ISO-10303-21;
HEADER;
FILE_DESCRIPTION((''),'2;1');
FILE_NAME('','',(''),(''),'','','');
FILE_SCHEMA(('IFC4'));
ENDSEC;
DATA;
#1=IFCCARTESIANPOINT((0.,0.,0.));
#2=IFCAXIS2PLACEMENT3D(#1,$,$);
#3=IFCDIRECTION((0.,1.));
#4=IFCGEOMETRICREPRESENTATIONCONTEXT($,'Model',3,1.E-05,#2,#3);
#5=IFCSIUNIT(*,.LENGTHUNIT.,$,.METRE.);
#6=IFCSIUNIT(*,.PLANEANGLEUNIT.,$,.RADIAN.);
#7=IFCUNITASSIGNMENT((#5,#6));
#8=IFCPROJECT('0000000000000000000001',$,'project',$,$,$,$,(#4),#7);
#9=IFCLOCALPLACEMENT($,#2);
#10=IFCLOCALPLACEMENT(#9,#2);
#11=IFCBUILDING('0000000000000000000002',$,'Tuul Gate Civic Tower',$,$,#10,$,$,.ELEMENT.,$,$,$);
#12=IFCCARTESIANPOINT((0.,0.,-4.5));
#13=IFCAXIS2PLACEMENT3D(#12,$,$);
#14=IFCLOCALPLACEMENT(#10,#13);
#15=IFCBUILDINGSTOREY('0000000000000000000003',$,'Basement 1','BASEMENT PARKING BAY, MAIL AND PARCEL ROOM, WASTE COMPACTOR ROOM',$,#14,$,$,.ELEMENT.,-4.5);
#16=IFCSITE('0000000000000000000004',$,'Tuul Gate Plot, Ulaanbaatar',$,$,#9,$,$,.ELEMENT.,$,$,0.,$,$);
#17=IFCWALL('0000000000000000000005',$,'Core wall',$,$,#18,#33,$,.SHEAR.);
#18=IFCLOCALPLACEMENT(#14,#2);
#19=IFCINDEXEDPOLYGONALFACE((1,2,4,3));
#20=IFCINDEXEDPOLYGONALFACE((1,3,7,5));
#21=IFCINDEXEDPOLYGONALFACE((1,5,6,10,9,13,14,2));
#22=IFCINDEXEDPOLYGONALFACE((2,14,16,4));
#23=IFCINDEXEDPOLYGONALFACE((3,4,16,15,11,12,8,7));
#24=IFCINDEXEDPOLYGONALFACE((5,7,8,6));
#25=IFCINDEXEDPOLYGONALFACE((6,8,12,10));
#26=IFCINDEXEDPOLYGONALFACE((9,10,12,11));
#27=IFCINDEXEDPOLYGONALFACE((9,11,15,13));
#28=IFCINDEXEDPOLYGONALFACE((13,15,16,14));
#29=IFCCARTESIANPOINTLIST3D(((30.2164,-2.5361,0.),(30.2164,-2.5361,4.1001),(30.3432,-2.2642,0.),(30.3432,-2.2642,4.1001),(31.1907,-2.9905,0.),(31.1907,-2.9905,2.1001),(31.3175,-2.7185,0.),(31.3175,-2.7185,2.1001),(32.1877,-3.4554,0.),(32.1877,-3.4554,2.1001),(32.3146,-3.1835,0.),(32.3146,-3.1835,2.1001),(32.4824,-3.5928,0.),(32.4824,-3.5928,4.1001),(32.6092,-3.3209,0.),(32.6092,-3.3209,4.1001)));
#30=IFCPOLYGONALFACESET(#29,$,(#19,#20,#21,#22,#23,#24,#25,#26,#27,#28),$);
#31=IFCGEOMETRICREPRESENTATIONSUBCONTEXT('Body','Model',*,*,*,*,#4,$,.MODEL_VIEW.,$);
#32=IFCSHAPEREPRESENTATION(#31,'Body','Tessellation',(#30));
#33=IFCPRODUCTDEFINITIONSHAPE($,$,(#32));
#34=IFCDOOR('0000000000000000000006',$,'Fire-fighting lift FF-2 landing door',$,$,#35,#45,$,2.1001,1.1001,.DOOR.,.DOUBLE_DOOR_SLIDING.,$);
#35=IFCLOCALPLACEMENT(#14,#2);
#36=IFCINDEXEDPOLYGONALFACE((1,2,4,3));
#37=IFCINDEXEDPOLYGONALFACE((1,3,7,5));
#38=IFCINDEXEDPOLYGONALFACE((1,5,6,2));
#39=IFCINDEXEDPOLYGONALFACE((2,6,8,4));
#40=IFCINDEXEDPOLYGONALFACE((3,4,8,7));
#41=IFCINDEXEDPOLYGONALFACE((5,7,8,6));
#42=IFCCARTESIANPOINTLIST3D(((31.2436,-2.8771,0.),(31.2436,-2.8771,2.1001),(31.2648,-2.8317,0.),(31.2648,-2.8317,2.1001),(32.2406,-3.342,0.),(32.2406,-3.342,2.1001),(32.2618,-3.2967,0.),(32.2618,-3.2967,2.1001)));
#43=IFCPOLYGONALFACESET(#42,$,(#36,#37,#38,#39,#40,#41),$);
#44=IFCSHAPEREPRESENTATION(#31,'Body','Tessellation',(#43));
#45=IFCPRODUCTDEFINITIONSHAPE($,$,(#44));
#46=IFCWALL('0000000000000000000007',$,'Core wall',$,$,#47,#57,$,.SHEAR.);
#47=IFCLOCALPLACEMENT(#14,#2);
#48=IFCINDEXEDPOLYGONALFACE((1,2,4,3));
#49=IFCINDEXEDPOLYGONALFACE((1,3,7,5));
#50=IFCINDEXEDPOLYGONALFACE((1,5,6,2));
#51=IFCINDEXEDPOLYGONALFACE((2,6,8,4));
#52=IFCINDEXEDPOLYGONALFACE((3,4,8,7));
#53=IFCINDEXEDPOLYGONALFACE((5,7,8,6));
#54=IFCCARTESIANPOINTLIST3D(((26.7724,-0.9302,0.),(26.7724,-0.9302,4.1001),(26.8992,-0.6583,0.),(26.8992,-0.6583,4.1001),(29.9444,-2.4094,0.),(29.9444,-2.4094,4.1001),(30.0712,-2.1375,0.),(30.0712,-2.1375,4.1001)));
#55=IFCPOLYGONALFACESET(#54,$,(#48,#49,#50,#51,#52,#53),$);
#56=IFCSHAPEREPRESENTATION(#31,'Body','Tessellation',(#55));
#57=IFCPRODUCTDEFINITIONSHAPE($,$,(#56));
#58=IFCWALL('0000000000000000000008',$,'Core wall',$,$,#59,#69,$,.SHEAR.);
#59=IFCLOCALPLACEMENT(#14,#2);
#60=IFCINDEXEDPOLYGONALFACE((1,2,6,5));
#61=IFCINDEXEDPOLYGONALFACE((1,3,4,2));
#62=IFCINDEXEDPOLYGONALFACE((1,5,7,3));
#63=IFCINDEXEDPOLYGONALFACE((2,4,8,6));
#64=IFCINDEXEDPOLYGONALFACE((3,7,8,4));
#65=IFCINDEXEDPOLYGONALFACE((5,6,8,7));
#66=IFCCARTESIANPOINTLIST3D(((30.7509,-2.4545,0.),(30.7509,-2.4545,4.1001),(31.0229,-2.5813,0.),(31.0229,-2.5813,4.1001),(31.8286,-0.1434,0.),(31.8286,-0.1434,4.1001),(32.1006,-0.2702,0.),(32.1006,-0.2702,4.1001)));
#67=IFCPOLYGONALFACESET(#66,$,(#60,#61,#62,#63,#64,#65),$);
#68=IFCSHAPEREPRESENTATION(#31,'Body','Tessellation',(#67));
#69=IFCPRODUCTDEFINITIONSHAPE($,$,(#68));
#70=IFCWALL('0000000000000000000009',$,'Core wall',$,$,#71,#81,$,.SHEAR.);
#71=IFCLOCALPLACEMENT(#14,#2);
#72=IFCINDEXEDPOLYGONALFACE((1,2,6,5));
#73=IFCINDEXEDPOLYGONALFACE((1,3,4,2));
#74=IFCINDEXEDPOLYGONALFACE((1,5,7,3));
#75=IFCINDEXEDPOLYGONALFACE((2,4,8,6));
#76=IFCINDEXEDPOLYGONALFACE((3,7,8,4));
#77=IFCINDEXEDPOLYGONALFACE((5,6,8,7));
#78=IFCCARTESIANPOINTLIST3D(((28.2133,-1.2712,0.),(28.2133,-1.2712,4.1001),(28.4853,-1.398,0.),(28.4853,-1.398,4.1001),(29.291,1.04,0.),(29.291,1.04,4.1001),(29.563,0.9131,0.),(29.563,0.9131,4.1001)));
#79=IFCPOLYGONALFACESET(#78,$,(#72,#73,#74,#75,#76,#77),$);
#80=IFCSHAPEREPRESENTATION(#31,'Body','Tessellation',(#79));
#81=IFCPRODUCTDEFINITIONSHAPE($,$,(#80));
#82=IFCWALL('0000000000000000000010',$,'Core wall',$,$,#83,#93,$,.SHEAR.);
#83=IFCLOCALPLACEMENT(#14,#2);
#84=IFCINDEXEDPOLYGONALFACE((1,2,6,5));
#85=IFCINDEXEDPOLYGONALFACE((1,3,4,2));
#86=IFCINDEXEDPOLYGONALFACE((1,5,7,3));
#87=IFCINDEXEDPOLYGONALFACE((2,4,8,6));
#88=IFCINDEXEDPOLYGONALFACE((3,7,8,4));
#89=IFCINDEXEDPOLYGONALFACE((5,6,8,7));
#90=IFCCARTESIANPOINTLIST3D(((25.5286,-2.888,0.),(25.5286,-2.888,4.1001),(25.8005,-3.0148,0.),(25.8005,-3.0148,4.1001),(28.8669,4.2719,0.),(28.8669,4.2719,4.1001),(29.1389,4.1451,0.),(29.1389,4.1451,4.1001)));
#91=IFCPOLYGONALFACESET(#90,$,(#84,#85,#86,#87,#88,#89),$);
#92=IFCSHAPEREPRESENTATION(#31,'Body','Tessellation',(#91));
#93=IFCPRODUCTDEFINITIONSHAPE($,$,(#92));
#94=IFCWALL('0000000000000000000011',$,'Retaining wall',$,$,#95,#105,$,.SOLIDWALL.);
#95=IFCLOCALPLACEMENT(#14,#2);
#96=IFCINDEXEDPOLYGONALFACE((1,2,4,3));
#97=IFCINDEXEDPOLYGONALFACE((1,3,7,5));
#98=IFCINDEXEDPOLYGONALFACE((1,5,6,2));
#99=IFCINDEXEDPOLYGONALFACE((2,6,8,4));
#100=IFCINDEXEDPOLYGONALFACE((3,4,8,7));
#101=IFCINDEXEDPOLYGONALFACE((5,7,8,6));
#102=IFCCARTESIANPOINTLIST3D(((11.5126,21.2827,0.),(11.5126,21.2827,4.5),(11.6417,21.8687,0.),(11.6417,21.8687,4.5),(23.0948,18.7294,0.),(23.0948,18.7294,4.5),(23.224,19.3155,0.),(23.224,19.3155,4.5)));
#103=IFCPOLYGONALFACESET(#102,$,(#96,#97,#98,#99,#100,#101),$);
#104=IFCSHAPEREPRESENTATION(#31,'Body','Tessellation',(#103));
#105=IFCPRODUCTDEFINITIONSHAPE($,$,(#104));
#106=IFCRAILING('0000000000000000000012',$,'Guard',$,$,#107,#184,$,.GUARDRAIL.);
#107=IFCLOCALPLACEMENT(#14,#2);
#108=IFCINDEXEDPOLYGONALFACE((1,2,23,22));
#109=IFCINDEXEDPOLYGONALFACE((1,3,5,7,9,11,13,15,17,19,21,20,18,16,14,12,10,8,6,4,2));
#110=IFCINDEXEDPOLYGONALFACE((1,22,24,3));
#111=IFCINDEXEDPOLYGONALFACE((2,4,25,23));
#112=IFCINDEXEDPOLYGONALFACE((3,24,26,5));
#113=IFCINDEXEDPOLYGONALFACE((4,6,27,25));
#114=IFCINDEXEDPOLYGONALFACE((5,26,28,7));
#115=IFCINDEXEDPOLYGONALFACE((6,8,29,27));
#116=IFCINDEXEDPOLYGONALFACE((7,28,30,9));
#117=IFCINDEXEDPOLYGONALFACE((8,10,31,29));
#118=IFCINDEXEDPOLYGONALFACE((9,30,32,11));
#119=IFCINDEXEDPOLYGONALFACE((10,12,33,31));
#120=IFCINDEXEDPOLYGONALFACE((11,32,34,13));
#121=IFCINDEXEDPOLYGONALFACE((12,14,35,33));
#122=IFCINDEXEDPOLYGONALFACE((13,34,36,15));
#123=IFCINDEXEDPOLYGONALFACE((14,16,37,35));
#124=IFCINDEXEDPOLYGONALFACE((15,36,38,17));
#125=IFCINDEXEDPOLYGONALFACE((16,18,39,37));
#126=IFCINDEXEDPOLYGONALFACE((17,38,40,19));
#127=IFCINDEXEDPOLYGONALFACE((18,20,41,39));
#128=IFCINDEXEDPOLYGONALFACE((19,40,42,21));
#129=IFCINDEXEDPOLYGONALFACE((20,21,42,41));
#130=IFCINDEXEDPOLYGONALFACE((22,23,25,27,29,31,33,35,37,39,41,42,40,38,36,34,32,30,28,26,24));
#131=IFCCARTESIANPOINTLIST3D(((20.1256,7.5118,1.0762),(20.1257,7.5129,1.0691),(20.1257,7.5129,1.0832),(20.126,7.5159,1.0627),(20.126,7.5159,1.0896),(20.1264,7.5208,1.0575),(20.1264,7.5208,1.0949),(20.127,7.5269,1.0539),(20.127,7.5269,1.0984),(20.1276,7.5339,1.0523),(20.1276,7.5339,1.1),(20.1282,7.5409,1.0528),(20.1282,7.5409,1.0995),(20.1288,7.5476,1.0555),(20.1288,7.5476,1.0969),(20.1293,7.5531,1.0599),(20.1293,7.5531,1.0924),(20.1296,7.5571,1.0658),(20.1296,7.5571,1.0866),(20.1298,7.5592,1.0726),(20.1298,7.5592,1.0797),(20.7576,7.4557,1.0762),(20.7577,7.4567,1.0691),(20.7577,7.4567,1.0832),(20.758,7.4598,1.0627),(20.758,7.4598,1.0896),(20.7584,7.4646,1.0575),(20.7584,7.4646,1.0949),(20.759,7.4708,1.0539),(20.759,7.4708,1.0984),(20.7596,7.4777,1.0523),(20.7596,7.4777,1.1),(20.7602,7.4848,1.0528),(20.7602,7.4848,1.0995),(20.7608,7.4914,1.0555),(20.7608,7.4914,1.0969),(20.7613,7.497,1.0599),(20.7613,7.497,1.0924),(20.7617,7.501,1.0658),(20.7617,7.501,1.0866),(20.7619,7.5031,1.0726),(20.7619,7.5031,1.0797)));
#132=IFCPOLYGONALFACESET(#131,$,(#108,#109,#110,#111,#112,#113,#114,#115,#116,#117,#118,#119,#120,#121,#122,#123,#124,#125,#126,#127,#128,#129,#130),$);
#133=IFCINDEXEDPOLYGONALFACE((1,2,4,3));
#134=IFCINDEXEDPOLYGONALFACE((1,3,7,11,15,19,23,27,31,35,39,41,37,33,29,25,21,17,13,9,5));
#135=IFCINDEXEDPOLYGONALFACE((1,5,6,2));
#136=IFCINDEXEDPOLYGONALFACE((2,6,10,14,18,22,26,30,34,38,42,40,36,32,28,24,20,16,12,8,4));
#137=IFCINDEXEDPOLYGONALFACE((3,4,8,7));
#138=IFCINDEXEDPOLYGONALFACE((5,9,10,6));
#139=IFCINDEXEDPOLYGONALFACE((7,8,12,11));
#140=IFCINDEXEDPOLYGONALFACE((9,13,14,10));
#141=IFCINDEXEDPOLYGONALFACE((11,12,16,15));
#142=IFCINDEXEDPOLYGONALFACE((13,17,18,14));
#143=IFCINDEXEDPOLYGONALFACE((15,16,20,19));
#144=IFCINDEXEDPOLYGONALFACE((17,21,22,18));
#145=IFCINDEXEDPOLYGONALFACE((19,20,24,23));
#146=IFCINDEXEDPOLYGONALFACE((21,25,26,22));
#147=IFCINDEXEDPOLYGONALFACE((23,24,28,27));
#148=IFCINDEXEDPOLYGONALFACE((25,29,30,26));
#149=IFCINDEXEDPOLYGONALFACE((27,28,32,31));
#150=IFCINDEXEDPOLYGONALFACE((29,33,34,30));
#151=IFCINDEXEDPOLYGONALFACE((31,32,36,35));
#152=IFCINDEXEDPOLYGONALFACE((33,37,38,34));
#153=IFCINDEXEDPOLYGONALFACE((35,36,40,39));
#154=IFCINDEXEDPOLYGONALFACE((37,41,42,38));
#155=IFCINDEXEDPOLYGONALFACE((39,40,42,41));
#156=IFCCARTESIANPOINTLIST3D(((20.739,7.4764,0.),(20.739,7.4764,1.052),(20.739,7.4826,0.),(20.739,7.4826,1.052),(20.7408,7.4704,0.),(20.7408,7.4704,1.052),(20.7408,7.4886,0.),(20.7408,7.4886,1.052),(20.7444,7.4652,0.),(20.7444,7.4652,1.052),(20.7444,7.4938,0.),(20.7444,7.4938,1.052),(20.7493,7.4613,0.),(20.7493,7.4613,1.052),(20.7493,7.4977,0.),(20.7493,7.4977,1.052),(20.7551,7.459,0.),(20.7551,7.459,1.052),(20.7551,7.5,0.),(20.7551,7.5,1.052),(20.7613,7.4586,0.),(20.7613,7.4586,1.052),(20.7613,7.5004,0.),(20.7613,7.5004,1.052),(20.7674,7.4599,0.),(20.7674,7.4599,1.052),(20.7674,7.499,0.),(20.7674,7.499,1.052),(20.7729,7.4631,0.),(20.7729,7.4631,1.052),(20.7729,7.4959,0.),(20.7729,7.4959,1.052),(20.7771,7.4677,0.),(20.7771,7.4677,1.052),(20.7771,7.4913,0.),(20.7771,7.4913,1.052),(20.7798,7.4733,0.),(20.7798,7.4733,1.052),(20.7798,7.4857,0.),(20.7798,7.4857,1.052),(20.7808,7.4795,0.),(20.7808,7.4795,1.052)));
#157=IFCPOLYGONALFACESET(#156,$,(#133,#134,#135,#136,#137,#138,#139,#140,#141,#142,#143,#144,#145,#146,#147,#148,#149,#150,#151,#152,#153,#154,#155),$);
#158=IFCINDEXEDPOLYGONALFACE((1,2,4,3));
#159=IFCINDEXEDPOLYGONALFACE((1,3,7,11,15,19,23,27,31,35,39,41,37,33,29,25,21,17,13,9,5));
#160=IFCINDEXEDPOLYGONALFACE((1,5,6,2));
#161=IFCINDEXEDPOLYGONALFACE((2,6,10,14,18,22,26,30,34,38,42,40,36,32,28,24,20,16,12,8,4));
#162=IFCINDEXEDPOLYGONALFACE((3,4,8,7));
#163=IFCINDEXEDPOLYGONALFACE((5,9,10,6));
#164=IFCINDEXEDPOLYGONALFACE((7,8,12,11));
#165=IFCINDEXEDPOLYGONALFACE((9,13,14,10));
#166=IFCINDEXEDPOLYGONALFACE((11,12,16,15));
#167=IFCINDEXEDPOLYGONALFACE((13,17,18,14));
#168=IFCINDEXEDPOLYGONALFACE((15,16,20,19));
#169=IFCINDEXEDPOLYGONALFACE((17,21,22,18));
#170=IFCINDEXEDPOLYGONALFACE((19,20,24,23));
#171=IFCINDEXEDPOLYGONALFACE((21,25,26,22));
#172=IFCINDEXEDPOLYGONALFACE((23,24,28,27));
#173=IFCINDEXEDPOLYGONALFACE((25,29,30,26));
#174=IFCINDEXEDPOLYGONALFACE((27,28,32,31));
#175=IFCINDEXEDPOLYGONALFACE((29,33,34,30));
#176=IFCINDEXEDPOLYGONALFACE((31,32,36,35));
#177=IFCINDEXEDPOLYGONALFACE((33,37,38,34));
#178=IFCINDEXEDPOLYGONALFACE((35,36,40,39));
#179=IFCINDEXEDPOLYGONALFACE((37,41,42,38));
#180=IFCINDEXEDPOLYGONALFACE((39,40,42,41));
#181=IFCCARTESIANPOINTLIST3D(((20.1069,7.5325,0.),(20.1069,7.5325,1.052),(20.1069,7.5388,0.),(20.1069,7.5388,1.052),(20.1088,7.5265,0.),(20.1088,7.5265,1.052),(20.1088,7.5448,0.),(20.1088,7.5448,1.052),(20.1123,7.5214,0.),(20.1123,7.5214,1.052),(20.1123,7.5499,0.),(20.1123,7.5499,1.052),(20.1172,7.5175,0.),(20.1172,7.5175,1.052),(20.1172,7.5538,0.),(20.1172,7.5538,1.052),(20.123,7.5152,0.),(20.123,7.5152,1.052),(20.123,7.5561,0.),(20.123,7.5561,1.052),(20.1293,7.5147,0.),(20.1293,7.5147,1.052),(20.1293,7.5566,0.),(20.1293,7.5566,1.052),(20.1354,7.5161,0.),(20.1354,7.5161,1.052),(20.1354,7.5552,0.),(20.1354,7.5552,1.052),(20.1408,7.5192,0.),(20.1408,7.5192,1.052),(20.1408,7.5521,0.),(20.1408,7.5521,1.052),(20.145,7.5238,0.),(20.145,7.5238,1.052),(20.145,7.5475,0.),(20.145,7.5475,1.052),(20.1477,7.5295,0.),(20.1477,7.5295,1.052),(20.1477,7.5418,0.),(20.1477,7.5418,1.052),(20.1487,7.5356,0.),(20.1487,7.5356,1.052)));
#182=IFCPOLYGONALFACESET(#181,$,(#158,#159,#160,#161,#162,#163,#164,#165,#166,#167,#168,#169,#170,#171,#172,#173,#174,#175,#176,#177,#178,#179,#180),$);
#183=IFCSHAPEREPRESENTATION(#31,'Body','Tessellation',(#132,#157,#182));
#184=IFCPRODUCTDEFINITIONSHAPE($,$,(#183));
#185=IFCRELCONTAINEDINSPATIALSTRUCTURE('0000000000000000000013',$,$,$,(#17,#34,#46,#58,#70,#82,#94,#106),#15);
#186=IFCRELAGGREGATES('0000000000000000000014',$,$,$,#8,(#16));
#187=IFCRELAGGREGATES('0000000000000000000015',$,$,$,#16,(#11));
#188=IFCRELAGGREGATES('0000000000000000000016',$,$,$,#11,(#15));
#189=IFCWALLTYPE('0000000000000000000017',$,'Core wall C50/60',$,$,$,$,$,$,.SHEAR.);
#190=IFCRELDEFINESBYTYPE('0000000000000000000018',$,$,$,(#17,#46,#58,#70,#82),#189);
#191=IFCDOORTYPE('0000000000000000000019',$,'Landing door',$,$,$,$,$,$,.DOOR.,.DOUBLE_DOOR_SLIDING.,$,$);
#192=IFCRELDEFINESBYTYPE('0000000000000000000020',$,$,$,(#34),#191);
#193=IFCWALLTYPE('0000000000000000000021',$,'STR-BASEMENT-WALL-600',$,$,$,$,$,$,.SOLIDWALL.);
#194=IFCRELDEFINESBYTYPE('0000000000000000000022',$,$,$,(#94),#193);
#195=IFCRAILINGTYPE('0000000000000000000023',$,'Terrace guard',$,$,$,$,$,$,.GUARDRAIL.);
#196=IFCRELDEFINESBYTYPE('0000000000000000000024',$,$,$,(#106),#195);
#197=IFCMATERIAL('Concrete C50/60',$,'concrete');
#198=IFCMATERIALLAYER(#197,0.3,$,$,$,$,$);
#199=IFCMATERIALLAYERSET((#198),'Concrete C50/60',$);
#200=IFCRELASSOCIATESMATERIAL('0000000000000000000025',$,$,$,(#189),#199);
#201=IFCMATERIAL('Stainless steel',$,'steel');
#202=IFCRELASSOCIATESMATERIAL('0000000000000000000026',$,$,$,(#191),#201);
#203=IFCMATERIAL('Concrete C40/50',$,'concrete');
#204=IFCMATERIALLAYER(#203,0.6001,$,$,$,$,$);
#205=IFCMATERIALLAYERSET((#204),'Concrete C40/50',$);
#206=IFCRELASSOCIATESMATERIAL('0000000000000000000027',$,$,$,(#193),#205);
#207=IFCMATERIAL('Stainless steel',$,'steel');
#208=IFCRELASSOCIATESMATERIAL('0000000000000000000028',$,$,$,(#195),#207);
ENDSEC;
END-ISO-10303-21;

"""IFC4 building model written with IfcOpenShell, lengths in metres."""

from ifc_helpers import new_model, si_unit, direction, frame, frame_2d, origin, origin_2d, place, context, subcontext, project, spatial, rectangle, circle, extrude, material, layer, layer_set, type_object, element, fill, save


model = new_model("IFC4")

# Units and contexts
model_context = context("Model", 3, precision=1e-05, world=origin(), true_north=direction((0.0, 1.0)))
body_context = subcontext(model_context, "Body", "Model", "MODEL_VIEW")
ifc_project = project(units=[si_unit("LENGTHUNIT", "METRE"), si_unit("PLANEANGLEUNIT", "RADIAN")], contexts=[model_context])

# Site, building, storey
site_placement = place(None, origin())
site = spatial("IfcSite", under=ifc_project, at=site_placement, Name="Tuul Gate Plot, Ulaanbaatar", CompositionType="ELEMENT", RefElevation=0.0)
building_placement = place(site_placement, origin())
building = spatial("IfcBuilding", under=site, at=building_placement, Name="Tuul Gate Civic Tower", CompositionType="ELEMENT")
storey_placement = place(building_placement, frame((0.0, 0.0, -4.5)))
storey = spatial("IfcBuildingStorey", under=building, at=storey_placement, Name="Basement 1", Description="BASEMENT PARKING BAY, MAIL AND PARCEL ROOM, WASTE COMPACTOR ROOM", CompositionType="ELEMENT", Elevation=-4.5)

# Wall, opening, door
ifc_material_1 = material(Name="Concrete C50/60", Category="concrete")
ifc_layer_1 = layer(ifc_material_1, 0.3)
ifc_layer_set_1 = layer_set([ifc_layer_1], Name="Concrete C50/60")
wall_type_1 = type_object("IfcWallType", Name="Core wall C50/60", PredefinedType="SHEAR", material=ifc_layer_set_1)
wall_1_placement = place(storey_placement, frame((32.5457, -3.4568, 0.0), z_axis=(0.0, 0.0, 1.0), x_axis=(-0.9063, 0.422634, 0.0)))
wall_1 = element("IfcWall", 1, at=wall_1_placement, inside=storey, type_object=wall_type_1, Name="Core wall", PredefinedType="SHEAR", context=body_context, shape_type="SweptSolid", body=[
    extrude(rectangle(XDim=2.5002, YDim=0.3, at=frame_2d((1.25, 0.0))), origin(), (0.0, 0.0, 1.0), 4.1001),
])
opening_placement = place(wall_1_placement, frame((0.325, 0.0, 0.0)))
opening = element("IfcOpeningElement", 2, at=opening_placement, cuts=wall_1, PredefinedType="OPENING", context=body_context, shape_type="SweptSolid", body=[
    extrude(rectangle(XDim=1.1001, YDim=2.1001, at=frame_2d((0.55, 1.05))), frame((0.0, 0.1602, 0.0), z_axis=(0.0, -1.0, 0.0), x_axis=(1.0, 0.0, 0.0)), (0.0, 0.0, 1.0), 0.3201),
])
ifc_material_2 = material(Name="Stainless steel", Category="steel")
door_type = type_object("IfcDoorType", Name="Landing door", OperationType="DOUBLE_DOOR_SLIDING", PredefinedType="DOOR", material=ifc_material_2)
door_placement = place(opening_placement, origin())
door = element("IfcDoor", 3, at=door_placement, inside=storey, type_object=door_type, Name="Fire-fighting lift FF-2 landing door", OperationType="DOUBLE_DOOR_SLIDING", OverallHeight=2.1001, OverallWidth=1.1001, PredefinedType="DOOR", context=body_context, shape_type="SweptSolid", body=[
    extrude(rectangle(XDim=1.1001, YDim=2.1001, at=frame_2d((0.55, 1.05))), frame((0.0, 0.0249, 0.0), z_axis=(0.0, -1.0, 0.0), x_axis=(1.0, 0.0, 0.0)), (0.0, 0.0, 1.0), 0.05),
])
fill(opening, door)

# Walls
wall_2_placement = place(storey_placement, frame((30.0078, -2.2734, 0.0), z_axis=(0.0, 0.0, 1.0), x_axis=(-0.906301, 0.422633, 0.0)))
element("IfcWall", 4, at=wall_2_placement, inside=storey, type_object=wall_type_1, Name="Core wall", PredefinedType="SHEAR", context=body_context, shape_type="SweptSolid", body=[
    extrude(rectangle(XDim=3.5, YDim=0.3, at=frame_2d((1.75, 0.0))), origin(), (0.0, 0.0, 1.0), 4.1001),
])
for number, where, z_axis, x_axis, name in (
    (5, (30.887, -2.5178, 0.0), (0.0, 0.0, 1.0), (0.422613, 0.90631, 0.0), "Core wall"),
    (6, (28.3494, -1.3345, 0.0), (0.0, 0.0, 1.0), (0.422613, 0.90631, 0.0), "Core wall"),
):
    element("IfcWall", number, at=place(storey_placement, frame(where, z_axis=z_axis, x_axis=x_axis)), inside=storey, type_object=wall_type_1, Name=name, PredefinedType="SHEAR", context=body_context, shape_type="SweptSolid", body=[
        extrude(rectangle(XDim=2.55, YDim=0.3, at=frame_2d((1.2749, 0.0))), origin(), (0.0, 0.0, 1.0), 4.1001),
    ])
wall_3_placement = place(storey_placement, frame((25.6646, -2.9514, 0.0), z_axis=(0.0, 0.0, 1.0), x_axis=(0.422583, 0.906324, 0.0)))
element("IfcWall", 7, at=wall_3_placement, inside=storey, type_object=wall_type_1, Name="Core wall", PredefinedType="SHEAR", context=body_context, shape_type="SweptSolid", body=[
    extrude(rectangle(XDim=7.8999, YDim=0.3, at=frame_2d((3.95, 0.0))), origin(), (0.0, 0.0, 1.0), 4.1001),
])
ifc_material_3 = material(Name="Concrete C40/50", Category="concrete")
ifc_layer_2 = layer(ifc_material_3, 0.6001)
ifc_layer_set_2 = layer_set([ifc_layer_2], Name="Concrete C40/50")
wall_type_2 = type_object("IfcWallType", Name="STR-BASEMENT-WALL-600", PredefinedType="SOLIDWALL", material=ifc_layer_set_2)
wall_4_placement = place(storey_placement, frame((23.1594, 19.0225, 0.0), z_axis=(0.0, 0.0, 1.0), x_axis=(-0.976554, 0.215274, 0.0)))
element("IfcWall", 8, at=wall_4_placement, inside=storey, type_object=wall_type_2, Name="Retaining wall", PredefinedType="SOLIDWALL", context=body_context, shape_type="SweptSolid", body=[
    extrude(rectangle(XDim=11.8604, YDim=0.6001, at=frame_2d((5.9302, 0.0))), origin(), (0.0, 0.0, 1.0), 4.5),
])

# Railing
ifc_material_4 = material(Name="Stainless steel", Category="steel")
railing_type = type_object("IfcRailingType", Name="Terrace guard", PredefinedType="GUARDRAIL", material=ifc_material_4)
railing_1_placement = place(storey_placement, frame((20.7598, 7.4795, 0.0)))
element("IfcRailing", 9, at=railing_1_placement, inside=storey, type_object=railing_type, Name="Guard", PredefinedType="GUARDRAIL", context=body_context, shape_type="SweptSolid", body=[
    extrude(circle(Radius=0.0239, at=origin_2d()), frame((0.0, 0.0, 1.0762), z_axis=(-0.996077, 0.088489, 0.0), x_axis=(-0.088489, -0.996077, 0.0)), (0.0, 0.0, 1.0), 0.6345),
    extrude(circle(Radius=0.021, at=origin_2d()), origin(), (0.0, 0.0, 1.0), 1.052),
    extrude(circle(Radius=0.021, at=origin_2d()), frame((-0.6321, 0.0562, 0.0)), (0.0, 0.0, 1.0), 1.052),
])

save(model, "model.ifc")
